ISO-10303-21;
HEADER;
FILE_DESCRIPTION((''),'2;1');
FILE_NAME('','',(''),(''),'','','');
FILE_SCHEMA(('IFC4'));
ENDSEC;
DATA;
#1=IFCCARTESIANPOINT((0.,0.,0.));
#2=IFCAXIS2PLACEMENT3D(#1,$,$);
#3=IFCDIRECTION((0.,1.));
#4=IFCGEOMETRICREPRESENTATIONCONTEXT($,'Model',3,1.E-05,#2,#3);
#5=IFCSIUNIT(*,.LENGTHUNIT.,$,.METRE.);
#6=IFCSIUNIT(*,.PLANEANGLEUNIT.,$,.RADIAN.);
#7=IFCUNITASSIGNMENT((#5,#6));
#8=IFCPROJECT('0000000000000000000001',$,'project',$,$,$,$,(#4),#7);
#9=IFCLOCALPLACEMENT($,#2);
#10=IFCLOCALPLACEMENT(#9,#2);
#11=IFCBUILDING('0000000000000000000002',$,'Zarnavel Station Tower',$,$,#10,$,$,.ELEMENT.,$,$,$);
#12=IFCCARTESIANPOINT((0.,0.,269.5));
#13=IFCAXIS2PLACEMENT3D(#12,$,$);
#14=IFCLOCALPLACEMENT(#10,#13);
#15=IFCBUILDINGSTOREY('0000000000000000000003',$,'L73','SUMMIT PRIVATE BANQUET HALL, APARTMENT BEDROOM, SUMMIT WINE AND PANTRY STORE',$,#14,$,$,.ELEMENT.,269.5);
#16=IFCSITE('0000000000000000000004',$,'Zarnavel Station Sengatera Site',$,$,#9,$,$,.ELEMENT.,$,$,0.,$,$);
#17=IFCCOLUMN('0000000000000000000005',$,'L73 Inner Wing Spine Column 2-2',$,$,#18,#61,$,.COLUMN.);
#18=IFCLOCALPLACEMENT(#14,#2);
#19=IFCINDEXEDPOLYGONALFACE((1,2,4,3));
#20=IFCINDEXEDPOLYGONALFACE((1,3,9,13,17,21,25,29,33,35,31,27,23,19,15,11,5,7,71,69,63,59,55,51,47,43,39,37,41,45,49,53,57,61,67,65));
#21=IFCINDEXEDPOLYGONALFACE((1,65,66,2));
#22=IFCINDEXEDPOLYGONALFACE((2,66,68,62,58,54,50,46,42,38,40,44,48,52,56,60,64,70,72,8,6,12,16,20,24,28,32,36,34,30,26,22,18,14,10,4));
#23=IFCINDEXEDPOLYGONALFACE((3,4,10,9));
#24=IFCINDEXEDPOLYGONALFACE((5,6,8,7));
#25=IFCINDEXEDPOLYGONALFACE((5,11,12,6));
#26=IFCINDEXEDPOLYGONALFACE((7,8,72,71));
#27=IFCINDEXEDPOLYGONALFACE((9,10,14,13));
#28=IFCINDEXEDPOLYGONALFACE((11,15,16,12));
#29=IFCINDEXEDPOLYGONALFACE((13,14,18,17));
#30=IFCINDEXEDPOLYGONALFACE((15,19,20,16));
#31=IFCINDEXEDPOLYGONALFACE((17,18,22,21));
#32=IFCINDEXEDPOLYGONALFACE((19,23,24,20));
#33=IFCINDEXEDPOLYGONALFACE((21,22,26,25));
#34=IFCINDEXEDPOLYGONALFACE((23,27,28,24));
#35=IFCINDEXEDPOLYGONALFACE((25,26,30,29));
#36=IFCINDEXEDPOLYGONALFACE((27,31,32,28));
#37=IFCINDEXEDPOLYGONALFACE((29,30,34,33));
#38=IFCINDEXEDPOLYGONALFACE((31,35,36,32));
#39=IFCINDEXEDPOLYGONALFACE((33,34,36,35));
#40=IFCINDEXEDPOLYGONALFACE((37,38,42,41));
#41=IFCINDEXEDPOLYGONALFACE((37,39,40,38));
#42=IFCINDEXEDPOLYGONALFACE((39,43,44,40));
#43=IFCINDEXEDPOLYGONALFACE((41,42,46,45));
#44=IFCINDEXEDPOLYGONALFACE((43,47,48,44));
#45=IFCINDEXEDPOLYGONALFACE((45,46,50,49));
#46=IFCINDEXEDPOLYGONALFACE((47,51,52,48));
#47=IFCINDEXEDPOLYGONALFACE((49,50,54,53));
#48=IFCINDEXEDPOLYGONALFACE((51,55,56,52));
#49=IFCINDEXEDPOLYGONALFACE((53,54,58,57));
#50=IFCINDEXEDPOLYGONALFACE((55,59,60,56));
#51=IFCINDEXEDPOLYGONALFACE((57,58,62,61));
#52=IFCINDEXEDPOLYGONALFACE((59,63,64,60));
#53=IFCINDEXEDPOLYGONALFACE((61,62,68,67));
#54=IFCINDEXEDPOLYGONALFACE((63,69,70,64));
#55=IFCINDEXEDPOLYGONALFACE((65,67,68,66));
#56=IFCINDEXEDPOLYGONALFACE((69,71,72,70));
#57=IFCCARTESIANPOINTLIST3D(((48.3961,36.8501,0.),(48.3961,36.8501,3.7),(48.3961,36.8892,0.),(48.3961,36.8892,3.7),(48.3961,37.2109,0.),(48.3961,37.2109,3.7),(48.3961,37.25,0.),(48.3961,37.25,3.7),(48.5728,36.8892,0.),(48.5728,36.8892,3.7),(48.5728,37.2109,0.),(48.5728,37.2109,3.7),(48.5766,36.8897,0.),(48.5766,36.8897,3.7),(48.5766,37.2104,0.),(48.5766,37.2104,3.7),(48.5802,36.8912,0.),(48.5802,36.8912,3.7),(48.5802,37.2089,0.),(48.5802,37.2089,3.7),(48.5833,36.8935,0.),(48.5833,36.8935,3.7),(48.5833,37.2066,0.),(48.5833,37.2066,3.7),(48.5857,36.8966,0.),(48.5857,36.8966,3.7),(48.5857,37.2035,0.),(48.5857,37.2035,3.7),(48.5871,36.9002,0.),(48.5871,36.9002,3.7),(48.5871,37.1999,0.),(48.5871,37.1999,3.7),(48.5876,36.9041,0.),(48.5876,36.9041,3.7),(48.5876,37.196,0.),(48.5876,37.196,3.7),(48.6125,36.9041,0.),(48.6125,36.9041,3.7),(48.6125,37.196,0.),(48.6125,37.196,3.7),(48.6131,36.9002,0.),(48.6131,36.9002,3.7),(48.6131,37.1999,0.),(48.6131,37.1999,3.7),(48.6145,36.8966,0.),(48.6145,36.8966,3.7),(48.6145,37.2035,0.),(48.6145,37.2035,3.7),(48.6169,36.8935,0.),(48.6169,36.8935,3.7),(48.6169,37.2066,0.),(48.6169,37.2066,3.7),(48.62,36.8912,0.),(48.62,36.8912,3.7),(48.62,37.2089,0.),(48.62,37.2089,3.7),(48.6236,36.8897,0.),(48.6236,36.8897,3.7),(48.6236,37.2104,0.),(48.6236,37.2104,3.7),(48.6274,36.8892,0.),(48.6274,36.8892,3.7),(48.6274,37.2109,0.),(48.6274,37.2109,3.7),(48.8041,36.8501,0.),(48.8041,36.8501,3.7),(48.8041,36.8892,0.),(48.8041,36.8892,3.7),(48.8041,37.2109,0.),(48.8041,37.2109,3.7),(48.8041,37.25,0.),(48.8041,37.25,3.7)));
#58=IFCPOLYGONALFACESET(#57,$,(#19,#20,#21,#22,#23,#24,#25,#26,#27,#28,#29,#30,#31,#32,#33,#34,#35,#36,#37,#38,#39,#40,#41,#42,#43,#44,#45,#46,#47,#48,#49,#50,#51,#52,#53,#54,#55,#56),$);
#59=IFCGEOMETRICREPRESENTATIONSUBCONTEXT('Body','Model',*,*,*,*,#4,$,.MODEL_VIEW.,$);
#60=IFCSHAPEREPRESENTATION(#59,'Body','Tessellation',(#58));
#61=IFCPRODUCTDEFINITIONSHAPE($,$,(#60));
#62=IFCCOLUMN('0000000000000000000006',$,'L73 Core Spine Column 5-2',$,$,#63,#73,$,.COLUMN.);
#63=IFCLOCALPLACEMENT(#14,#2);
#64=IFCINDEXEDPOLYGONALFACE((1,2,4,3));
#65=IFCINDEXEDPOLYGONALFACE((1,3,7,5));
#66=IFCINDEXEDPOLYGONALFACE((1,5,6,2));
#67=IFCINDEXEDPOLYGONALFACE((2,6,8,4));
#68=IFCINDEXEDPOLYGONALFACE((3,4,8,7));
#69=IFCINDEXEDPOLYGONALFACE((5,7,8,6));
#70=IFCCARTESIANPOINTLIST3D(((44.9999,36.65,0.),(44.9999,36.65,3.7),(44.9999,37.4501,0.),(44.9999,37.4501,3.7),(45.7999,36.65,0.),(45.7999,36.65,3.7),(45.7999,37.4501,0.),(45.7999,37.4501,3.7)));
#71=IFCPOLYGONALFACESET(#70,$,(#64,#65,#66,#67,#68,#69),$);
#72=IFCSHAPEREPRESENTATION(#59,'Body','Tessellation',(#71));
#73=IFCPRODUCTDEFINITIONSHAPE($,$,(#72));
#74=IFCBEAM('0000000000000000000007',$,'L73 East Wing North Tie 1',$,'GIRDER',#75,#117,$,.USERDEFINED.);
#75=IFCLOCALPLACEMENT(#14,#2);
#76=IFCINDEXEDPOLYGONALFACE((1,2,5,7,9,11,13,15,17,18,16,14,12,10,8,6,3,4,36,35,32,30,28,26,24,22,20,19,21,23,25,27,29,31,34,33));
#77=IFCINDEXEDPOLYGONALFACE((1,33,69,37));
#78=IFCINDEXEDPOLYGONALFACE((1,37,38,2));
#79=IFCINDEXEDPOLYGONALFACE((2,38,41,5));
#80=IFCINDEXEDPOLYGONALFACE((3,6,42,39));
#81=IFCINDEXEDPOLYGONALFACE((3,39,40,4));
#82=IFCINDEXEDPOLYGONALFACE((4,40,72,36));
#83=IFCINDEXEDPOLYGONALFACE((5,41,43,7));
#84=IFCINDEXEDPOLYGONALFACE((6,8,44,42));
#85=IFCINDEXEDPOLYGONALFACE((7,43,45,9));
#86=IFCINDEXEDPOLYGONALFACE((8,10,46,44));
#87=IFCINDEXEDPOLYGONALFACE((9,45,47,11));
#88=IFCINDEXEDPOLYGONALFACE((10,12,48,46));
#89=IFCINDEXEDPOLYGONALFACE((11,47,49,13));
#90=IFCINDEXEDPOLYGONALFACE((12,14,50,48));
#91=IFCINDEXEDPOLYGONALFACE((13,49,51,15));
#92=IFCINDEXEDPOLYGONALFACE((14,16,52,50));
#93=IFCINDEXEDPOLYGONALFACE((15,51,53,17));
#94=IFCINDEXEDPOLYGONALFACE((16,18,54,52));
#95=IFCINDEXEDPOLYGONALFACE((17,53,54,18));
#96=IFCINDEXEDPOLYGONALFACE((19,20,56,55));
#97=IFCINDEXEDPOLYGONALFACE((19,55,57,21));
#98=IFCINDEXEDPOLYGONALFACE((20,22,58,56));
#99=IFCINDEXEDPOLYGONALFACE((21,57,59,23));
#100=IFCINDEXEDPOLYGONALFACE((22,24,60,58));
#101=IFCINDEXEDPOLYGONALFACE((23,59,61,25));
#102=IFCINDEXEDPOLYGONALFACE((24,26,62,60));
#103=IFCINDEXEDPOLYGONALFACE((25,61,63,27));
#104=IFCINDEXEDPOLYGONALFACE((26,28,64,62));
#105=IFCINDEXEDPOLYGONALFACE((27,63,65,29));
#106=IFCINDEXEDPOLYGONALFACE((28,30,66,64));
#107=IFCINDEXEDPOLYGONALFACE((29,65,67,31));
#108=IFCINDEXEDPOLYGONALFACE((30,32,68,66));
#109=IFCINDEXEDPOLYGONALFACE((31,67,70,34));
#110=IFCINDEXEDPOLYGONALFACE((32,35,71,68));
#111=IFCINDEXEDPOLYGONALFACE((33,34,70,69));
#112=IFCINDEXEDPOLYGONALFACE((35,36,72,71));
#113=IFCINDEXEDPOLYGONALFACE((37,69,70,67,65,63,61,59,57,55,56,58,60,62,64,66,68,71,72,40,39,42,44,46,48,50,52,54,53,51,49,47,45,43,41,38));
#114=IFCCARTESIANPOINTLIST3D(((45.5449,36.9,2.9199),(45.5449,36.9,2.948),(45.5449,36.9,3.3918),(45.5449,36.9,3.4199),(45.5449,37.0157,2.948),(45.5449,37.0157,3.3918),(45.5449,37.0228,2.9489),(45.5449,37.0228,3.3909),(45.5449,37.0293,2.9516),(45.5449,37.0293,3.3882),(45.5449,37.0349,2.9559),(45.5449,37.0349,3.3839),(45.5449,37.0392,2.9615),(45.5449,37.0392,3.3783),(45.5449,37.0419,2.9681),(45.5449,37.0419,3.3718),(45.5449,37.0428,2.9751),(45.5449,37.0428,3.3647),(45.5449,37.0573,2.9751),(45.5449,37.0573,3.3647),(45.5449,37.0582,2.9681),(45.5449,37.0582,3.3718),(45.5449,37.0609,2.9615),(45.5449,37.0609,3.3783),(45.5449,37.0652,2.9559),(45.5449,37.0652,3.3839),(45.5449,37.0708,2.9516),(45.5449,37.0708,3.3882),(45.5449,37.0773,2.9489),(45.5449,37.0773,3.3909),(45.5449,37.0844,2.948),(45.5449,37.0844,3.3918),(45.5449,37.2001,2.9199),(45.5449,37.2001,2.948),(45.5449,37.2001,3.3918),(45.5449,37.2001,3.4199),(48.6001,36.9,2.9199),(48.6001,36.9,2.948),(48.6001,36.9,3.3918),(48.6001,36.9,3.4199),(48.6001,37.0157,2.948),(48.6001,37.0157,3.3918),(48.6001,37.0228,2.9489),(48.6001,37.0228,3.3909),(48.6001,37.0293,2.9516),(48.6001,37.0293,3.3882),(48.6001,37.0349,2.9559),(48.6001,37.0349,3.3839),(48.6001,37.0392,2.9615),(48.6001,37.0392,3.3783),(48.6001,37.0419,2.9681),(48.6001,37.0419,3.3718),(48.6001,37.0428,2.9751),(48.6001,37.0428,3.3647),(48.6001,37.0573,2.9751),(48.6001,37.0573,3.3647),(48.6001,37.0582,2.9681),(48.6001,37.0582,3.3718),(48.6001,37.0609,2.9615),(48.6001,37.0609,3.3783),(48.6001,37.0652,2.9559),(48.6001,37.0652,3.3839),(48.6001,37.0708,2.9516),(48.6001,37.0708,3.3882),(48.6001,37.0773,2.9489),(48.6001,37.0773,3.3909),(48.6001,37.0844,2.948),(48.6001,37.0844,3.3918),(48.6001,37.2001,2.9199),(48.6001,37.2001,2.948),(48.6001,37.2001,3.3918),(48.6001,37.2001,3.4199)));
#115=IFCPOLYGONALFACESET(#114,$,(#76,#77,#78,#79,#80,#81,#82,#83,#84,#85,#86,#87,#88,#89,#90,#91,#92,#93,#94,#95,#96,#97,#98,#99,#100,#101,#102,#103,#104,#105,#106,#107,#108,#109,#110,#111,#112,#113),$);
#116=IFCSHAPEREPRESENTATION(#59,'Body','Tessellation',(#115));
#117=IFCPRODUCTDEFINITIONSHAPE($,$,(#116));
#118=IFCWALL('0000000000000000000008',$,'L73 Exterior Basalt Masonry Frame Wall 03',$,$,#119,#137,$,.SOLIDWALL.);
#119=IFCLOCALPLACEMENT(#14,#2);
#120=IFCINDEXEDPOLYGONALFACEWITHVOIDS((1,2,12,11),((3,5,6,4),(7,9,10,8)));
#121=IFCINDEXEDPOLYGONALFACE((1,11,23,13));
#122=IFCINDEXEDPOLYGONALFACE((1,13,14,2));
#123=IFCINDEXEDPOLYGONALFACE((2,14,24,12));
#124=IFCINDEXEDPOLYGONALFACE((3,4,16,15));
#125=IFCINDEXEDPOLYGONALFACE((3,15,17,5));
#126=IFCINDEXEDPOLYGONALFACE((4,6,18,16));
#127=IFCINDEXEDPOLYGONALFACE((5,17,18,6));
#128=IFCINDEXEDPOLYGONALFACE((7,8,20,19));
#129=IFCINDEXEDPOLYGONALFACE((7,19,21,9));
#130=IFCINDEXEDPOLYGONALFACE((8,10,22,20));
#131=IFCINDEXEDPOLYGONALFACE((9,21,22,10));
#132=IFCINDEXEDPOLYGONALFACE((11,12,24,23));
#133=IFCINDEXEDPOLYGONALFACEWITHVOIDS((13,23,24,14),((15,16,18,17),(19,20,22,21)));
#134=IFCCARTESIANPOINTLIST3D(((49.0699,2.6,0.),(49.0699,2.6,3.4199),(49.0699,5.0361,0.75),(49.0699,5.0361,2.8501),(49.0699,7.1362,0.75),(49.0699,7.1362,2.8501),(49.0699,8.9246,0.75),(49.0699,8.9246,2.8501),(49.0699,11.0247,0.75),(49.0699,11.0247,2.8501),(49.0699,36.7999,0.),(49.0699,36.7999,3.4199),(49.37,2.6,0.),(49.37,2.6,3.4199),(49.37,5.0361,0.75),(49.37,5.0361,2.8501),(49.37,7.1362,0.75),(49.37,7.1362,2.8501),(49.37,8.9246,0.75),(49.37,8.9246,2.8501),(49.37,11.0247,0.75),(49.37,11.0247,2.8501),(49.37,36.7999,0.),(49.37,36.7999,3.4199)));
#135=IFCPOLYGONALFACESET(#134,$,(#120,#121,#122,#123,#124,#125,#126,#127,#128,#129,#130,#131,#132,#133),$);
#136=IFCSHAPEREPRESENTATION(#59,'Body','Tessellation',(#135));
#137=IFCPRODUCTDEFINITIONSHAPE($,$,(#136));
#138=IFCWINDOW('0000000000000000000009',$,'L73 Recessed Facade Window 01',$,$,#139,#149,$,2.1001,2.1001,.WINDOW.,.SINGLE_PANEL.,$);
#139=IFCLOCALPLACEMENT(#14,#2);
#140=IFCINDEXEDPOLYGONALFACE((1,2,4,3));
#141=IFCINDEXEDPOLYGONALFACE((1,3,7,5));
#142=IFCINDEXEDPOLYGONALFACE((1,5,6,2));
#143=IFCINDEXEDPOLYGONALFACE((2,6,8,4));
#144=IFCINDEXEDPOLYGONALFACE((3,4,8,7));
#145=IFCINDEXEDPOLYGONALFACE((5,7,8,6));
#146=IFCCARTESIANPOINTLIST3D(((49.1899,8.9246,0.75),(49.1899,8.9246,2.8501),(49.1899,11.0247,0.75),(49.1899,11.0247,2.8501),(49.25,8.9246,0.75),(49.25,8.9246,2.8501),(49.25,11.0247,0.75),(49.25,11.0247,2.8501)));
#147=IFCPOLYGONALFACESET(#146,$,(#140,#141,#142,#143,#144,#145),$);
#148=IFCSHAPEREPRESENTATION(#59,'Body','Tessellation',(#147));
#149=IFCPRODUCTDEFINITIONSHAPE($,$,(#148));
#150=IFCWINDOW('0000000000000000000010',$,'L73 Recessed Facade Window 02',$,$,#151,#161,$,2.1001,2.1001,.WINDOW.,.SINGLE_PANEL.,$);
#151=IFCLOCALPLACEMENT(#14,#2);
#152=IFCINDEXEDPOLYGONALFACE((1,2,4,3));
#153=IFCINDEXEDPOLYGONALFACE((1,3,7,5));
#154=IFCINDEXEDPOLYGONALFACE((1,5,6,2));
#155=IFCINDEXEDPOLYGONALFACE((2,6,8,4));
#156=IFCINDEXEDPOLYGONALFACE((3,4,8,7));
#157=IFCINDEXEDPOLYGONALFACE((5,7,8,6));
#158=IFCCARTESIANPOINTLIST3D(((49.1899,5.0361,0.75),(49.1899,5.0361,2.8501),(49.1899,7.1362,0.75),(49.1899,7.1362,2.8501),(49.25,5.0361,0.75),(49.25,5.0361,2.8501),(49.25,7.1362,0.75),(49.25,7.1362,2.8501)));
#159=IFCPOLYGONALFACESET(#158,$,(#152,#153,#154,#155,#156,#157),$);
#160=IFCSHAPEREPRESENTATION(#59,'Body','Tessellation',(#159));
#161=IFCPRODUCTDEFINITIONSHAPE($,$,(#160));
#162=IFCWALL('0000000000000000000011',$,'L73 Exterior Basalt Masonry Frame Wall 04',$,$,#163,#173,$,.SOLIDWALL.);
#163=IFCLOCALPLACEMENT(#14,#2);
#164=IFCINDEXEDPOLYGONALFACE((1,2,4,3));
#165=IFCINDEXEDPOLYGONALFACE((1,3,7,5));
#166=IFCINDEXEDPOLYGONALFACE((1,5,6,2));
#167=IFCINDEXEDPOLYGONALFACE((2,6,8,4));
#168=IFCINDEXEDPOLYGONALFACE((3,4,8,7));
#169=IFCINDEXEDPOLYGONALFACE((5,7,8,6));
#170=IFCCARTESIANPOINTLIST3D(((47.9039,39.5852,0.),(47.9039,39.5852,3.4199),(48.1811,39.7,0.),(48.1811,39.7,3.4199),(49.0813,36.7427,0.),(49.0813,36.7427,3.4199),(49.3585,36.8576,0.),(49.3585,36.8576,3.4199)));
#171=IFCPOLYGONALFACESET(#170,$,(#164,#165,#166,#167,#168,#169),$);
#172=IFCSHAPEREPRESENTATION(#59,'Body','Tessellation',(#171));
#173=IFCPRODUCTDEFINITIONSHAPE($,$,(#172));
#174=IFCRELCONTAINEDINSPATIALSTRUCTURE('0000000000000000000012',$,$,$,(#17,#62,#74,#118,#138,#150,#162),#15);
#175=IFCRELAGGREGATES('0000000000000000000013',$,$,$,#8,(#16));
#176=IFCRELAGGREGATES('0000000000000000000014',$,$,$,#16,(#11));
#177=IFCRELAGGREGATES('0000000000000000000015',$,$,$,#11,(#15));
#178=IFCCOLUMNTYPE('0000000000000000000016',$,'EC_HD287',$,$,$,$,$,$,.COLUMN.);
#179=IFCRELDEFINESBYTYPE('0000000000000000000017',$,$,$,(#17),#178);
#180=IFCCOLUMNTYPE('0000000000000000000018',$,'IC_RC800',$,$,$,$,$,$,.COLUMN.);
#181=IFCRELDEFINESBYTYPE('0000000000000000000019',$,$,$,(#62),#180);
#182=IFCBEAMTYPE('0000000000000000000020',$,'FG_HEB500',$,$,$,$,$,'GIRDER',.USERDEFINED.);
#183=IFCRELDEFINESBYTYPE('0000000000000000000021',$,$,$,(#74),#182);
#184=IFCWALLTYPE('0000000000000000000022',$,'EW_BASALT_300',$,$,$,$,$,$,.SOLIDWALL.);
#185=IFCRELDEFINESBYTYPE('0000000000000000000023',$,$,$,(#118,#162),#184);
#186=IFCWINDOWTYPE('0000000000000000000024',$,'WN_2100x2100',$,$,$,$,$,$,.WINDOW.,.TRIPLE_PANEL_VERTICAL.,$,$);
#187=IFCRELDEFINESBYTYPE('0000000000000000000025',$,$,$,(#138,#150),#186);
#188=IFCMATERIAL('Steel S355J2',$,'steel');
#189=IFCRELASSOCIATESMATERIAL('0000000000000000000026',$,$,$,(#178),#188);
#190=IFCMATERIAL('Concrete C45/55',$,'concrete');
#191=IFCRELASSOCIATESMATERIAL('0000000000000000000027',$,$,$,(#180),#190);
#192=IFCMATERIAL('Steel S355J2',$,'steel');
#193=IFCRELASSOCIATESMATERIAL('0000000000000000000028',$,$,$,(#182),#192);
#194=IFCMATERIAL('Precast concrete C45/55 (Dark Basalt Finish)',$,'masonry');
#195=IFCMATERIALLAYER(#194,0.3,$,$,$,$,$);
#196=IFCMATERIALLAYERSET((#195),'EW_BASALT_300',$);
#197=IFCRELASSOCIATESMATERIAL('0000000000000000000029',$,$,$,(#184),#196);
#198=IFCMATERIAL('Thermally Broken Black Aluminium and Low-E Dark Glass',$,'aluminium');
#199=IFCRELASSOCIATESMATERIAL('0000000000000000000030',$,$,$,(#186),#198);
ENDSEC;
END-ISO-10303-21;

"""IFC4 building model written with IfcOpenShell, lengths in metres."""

from ifc_helpers import new_model, si_unit, direction, frame, frame_2d, origin, origin_2d, place, context, subcontext, project, spatial, rectangle, i_section, extrude, material, layer, layer_set, material_profile, profile_set, type_object, element, fill, save


model = new_model("IFC4")

# Units and contexts
model_context = context("Model", 3, precision=1e-05, world=origin(), true_north=direction((0.0, 1.0)))
body_context = subcontext(model_context, "Body", "Model", "MODEL_VIEW")
ifc_project = project(units=[si_unit("LENGTHUNIT", "METRE"), si_unit("PLANEANGLEUNIT", "RADIAN")], contexts=[model_context])

# Site, building, storey
site_placement = place(None, origin())
site = spatial("IfcSite", under=ifc_project, at=site_placement, Name="Zarnavel Station Sengatera Site", CompositionType="ELEMENT", RefElevation=0.0)
building_placement = place(site_placement, origin())
building = spatial("IfcBuilding", under=site, at=building_placement, Name="Zarnavel Station Tower", CompositionType="ELEMENT")
storey_placement = place(building_placement, frame((0.0, 0.0, 269.5)))
storey = spatial("IfcBuildingStorey", under=building, at=storey_placement, Name="L73", Description="SUMMIT PRIVATE BANQUET HALL, APARTMENT BEDROOM, SUMMIT WINE AND PANTRY STORE", CompositionType="ELEMENT", Elevation=269.5)

# Columns
ifc_material_1 = material(Name="Steel S355J2", Category="steel")
ifc_material_profile_1 = material_profile(ifc_material_1, i_section(OverallWidth=0.408, OverallDepth=0.3999, WebThickness=0.0249, FlangeThickness=0.0391, FilletRadius=0.0149, at=origin_2d()), Name="HD400x287")
ifc_profile_set_1 = profile_set([ifc_material_profile_1], Name="Steel S355J2")
column_type_1 = type_object("IfcColumnType", Name="EC_HD287", PredefinedType="COLUMN", material=ifc_profile_set_1)
column_1_placement = place(storey_placement, frame((48.6001, 37.05, 0.0), z_axis=(0.0, 0.0, 1.0), x_axis=(1.0, 0.0, 0.0)))
element("IfcColumn", 1, at=column_1_placement, inside=storey, type_object=column_type_1, Name="L73 Inner Wing Spine Column 2-2", PredefinedType="COLUMN", context=body_context, shape_type="SweptSolid", body=[
    extrude(i_section(OverallWidth=0.408, OverallDepth=0.3999, WebThickness=0.0249, FlangeThickness=0.0391, FilletRadius=0.0149, at=origin_2d()), origin(), (0.0, 0.0, 1.0), 3.7),
])
ifc_material_2 = material(Name="Concrete C45/55", Category="concrete")
ifc_material_profile_2 = material_profile(ifc_material_2, rectangle(XDim=0.8, YDim=0.8, at=origin_2d()), Name="RC800x800")
ifc_profile_set_2 = profile_set([ifc_material_profile_2], Name="Concrete C45/55")
column_type_2 = type_object("IfcColumnType", Name="IC_RC800", PredefinedType="COLUMN", material=ifc_profile_set_2)
column_2_placement = place(storey_placement, frame((45.3999, 37.05, 0.0), z_axis=(0.0, 0.0, 1.0), x_axis=(1.0, 0.0, 0.0)))
element("IfcColumn", 2, at=column_2_placement, inside=storey, type_object=column_type_2, Name="L73 Core Spine Column 5-2", PredefinedType="COLUMN", context=body_context, shape_type="SweptSolid", body=[
    extrude(rectangle(XDim=0.8, YDim=0.8, at=origin_2d()), origin(), (0.0, 0.0, 1.0), 3.7),
])

# Beam
ifc_material_3 = material(Name="Steel S355J2", Category="steel")
ifc_material_profile_3 = material_profile(ifc_material_3, i_section(OverallWidth=0.3, OverallDepth=0.5, WebThickness=0.0144, FlangeThickness=0.0281, FilletRadius=0.0271, at=origin_2d()), Name="HEB500")
ifc_profile_set_3 = profile_set([ifc_material_profile_3], Name="Steel S355J2")
beam_type = type_object("IfcBeamType", Name="FG_HEB500", ElementType="GIRDER", PredefinedType="USERDEFINED", material=ifc_profile_set_3)
beam_placement = place(storey_placement, frame((45.5449, 37.05, 3.1699), z_axis=(1.0, 0.0, 0.0), x_axis=(0.0, 1.0, 0.0)))
element("IfcBeam", 3, at=beam_placement, inside=storey, type_object=beam_type, Name="L73 East Wing North Tie 1", ObjectType="GIRDER", PredefinedType="USERDEFINED", context=body_context, shape_type="SweptSolid", body=[
    extrude(i_section(OverallWidth=0.3, OverallDepth=0.5, WebThickness=0.0144, FlangeThickness=0.0281, FilletRadius=0.0271, at=origin_2d()), origin(), (0.0, 0.0, 1.0), 3.0552),
])

# Wall, openings, windows
ifc_material_4 = material(Name="Precast concrete C45/55 (Dark Basalt Finish)", Category="masonry")
ifc_layer_1 = layer(ifc_material_4, 0.3)
ifc_layer_set_1 = layer_set([ifc_layer_1], Name="EW_BASALT_300")
wall_type_1 = type_object("IfcWallType", Name="EW_BASALT_300", PredefinedType="SOLIDWALL", material=ifc_layer_set_1)
wall_1_placement = place(storey_placement, frame((49.22, 36.8, 0.0), z_axis=(0.0, 0.0, 1.0), x_axis=(0.0, -1.0, 0.0)))
wall_1 = element("IfcWall", 4, at=wall_1_placement, inside=storey, type_object=wall_type_1, Name="L73 Exterior Basalt Masonry Frame Wall 03", PredefinedType="SOLIDWALL", context=body_context, shape_type="SweptSolid", body=[
    extrude(rectangle(XDim=34.2, YDim=0.3, at=frame_2d((17.1001, 0.0))), origin(), (0.0, 0.0, 1.0), 3.4199),
])
opening_1_placement = place(wall_1_placement, frame((25.7754, 0.0, 0.75)))
opening_1 = element("IfcOpeningElement", 5, at=opening_1_placement, cuts=wall_1, PredefinedType="OPENING", context=body_context, shape_type="SweptSolid", body=[
    extrude(rectangle(XDim=2.1001, YDim=2.1001, at=frame_2d((1.05, 1.05))), frame((0.0, 0.1599, 0.0), z_axis=(0.0, -1.0, 0.0), x_axis=(1.0, 0.0, 0.0)), (0.0, 0.0, 1.0), 0.3201),
])
opening_2_placement = place(wall_1_placement, frame((29.6638, 0.0, 0.75)))
opening_2 = element("IfcOpeningElement", 6, at=opening_2_placement, cuts=wall_1, PredefinedType="OPENING", context=body_context, shape_type="SweptSolid", body=[
    extrude(rectangle(XDim=2.1001, YDim=2.1001, at=frame_2d((1.05, 1.05))), frame((0.0, 0.1599, 0.0), z_axis=(0.0, -1.0, 0.0), x_axis=(1.0, 0.0, 0.0)), (0.0, 0.0, 1.0), 0.3201),
])
ifc_material_5 = material(Name="Thermally Broken Black Aluminium and Low-E Dark Glass", Category="aluminium")
window_type = type_object("IfcWindowType", Name="WN_2100x2100", PartitioningType="TRIPLE_PANEL_VERTICAL", PredefinedType="WINDOW", material=ifc_material_5)
window_1_placement = place(opening_1_placement, origin())
window_1 = element("IfcWindow", 7, at=window_1_placement, inside=storey, type_object=window_type, Name="L73 Recessed Facade Window 01", OverallHeight=2.1001, OverallWidth=2.1001, PartitioningType="SINGLE_PANEL", PredefinedType="WINDOW", context=body_context, shape_type="SweptSolid", body=[
    extrude(rectangle(XDim=2.1001, YDim=2.1001, at=frame_2d((1.05, 1.05))), frame((0.0, 0.03, 0.0), z_axis=(0.0, -1.0, 0.0), x_axis=(1.0, 0.0, 0.0)), (0.0, 0.0, 1.0), 0.0601),
])
fill(opening_1, window_1)
window_2_placement = place(opening_2_placement, origin())
window_2 = element("IfcWindow", 8, at=window_2_placement, inside=storey, type_object=window_type, Name="L73 Recessed Facade Window 02", OverallHeight=2.1001, OverallWidth=2.1001, PartitioningType="SINGLE_PANEL", PredefinedType="WINDOW", context=body_context, shape_type="SweptSolid", body=[
    extrude(rectangle(XDim=2.1001, YDim=2.1001, at=frame_2d((1.05, 1.05))), frame((0.0, 0.03, 0.0), z_axis=(0.0, -1.0, 0.0), x_axis=(1.0, 0.0, 0.0)), (0.0, 0.0, 1.0), 0.0601),
])
fill(opening_2, window_2)

# Wall
for number, where, z_axis, x_axis, name in (
    (9, (48.0425, 39.6426, 0.0), (0.0, 0.0, 1.0), (0.382705, -0.923871, 0.0), "L73 Exterior Basalt Masonry Frame Wall 04"),
):
    element("IfcWall", number, at=place(storey_placement, frame(where, z_axis=z_axis, x_axis=x_axis)), inside=storey, type_object=wall_type_1, Name=name, PredefinedType="SOLIDWALL", context=body_context, shape_type="SweptSolid", body=[
        extrude(rectangle(XDim=3.0767, YDim=0.3, at=frame_2d((1.5383, 0.0))), origin(), (0.0, 0.0, 1.0), 3.4199),
    ])

save(model, "model.ifc")
